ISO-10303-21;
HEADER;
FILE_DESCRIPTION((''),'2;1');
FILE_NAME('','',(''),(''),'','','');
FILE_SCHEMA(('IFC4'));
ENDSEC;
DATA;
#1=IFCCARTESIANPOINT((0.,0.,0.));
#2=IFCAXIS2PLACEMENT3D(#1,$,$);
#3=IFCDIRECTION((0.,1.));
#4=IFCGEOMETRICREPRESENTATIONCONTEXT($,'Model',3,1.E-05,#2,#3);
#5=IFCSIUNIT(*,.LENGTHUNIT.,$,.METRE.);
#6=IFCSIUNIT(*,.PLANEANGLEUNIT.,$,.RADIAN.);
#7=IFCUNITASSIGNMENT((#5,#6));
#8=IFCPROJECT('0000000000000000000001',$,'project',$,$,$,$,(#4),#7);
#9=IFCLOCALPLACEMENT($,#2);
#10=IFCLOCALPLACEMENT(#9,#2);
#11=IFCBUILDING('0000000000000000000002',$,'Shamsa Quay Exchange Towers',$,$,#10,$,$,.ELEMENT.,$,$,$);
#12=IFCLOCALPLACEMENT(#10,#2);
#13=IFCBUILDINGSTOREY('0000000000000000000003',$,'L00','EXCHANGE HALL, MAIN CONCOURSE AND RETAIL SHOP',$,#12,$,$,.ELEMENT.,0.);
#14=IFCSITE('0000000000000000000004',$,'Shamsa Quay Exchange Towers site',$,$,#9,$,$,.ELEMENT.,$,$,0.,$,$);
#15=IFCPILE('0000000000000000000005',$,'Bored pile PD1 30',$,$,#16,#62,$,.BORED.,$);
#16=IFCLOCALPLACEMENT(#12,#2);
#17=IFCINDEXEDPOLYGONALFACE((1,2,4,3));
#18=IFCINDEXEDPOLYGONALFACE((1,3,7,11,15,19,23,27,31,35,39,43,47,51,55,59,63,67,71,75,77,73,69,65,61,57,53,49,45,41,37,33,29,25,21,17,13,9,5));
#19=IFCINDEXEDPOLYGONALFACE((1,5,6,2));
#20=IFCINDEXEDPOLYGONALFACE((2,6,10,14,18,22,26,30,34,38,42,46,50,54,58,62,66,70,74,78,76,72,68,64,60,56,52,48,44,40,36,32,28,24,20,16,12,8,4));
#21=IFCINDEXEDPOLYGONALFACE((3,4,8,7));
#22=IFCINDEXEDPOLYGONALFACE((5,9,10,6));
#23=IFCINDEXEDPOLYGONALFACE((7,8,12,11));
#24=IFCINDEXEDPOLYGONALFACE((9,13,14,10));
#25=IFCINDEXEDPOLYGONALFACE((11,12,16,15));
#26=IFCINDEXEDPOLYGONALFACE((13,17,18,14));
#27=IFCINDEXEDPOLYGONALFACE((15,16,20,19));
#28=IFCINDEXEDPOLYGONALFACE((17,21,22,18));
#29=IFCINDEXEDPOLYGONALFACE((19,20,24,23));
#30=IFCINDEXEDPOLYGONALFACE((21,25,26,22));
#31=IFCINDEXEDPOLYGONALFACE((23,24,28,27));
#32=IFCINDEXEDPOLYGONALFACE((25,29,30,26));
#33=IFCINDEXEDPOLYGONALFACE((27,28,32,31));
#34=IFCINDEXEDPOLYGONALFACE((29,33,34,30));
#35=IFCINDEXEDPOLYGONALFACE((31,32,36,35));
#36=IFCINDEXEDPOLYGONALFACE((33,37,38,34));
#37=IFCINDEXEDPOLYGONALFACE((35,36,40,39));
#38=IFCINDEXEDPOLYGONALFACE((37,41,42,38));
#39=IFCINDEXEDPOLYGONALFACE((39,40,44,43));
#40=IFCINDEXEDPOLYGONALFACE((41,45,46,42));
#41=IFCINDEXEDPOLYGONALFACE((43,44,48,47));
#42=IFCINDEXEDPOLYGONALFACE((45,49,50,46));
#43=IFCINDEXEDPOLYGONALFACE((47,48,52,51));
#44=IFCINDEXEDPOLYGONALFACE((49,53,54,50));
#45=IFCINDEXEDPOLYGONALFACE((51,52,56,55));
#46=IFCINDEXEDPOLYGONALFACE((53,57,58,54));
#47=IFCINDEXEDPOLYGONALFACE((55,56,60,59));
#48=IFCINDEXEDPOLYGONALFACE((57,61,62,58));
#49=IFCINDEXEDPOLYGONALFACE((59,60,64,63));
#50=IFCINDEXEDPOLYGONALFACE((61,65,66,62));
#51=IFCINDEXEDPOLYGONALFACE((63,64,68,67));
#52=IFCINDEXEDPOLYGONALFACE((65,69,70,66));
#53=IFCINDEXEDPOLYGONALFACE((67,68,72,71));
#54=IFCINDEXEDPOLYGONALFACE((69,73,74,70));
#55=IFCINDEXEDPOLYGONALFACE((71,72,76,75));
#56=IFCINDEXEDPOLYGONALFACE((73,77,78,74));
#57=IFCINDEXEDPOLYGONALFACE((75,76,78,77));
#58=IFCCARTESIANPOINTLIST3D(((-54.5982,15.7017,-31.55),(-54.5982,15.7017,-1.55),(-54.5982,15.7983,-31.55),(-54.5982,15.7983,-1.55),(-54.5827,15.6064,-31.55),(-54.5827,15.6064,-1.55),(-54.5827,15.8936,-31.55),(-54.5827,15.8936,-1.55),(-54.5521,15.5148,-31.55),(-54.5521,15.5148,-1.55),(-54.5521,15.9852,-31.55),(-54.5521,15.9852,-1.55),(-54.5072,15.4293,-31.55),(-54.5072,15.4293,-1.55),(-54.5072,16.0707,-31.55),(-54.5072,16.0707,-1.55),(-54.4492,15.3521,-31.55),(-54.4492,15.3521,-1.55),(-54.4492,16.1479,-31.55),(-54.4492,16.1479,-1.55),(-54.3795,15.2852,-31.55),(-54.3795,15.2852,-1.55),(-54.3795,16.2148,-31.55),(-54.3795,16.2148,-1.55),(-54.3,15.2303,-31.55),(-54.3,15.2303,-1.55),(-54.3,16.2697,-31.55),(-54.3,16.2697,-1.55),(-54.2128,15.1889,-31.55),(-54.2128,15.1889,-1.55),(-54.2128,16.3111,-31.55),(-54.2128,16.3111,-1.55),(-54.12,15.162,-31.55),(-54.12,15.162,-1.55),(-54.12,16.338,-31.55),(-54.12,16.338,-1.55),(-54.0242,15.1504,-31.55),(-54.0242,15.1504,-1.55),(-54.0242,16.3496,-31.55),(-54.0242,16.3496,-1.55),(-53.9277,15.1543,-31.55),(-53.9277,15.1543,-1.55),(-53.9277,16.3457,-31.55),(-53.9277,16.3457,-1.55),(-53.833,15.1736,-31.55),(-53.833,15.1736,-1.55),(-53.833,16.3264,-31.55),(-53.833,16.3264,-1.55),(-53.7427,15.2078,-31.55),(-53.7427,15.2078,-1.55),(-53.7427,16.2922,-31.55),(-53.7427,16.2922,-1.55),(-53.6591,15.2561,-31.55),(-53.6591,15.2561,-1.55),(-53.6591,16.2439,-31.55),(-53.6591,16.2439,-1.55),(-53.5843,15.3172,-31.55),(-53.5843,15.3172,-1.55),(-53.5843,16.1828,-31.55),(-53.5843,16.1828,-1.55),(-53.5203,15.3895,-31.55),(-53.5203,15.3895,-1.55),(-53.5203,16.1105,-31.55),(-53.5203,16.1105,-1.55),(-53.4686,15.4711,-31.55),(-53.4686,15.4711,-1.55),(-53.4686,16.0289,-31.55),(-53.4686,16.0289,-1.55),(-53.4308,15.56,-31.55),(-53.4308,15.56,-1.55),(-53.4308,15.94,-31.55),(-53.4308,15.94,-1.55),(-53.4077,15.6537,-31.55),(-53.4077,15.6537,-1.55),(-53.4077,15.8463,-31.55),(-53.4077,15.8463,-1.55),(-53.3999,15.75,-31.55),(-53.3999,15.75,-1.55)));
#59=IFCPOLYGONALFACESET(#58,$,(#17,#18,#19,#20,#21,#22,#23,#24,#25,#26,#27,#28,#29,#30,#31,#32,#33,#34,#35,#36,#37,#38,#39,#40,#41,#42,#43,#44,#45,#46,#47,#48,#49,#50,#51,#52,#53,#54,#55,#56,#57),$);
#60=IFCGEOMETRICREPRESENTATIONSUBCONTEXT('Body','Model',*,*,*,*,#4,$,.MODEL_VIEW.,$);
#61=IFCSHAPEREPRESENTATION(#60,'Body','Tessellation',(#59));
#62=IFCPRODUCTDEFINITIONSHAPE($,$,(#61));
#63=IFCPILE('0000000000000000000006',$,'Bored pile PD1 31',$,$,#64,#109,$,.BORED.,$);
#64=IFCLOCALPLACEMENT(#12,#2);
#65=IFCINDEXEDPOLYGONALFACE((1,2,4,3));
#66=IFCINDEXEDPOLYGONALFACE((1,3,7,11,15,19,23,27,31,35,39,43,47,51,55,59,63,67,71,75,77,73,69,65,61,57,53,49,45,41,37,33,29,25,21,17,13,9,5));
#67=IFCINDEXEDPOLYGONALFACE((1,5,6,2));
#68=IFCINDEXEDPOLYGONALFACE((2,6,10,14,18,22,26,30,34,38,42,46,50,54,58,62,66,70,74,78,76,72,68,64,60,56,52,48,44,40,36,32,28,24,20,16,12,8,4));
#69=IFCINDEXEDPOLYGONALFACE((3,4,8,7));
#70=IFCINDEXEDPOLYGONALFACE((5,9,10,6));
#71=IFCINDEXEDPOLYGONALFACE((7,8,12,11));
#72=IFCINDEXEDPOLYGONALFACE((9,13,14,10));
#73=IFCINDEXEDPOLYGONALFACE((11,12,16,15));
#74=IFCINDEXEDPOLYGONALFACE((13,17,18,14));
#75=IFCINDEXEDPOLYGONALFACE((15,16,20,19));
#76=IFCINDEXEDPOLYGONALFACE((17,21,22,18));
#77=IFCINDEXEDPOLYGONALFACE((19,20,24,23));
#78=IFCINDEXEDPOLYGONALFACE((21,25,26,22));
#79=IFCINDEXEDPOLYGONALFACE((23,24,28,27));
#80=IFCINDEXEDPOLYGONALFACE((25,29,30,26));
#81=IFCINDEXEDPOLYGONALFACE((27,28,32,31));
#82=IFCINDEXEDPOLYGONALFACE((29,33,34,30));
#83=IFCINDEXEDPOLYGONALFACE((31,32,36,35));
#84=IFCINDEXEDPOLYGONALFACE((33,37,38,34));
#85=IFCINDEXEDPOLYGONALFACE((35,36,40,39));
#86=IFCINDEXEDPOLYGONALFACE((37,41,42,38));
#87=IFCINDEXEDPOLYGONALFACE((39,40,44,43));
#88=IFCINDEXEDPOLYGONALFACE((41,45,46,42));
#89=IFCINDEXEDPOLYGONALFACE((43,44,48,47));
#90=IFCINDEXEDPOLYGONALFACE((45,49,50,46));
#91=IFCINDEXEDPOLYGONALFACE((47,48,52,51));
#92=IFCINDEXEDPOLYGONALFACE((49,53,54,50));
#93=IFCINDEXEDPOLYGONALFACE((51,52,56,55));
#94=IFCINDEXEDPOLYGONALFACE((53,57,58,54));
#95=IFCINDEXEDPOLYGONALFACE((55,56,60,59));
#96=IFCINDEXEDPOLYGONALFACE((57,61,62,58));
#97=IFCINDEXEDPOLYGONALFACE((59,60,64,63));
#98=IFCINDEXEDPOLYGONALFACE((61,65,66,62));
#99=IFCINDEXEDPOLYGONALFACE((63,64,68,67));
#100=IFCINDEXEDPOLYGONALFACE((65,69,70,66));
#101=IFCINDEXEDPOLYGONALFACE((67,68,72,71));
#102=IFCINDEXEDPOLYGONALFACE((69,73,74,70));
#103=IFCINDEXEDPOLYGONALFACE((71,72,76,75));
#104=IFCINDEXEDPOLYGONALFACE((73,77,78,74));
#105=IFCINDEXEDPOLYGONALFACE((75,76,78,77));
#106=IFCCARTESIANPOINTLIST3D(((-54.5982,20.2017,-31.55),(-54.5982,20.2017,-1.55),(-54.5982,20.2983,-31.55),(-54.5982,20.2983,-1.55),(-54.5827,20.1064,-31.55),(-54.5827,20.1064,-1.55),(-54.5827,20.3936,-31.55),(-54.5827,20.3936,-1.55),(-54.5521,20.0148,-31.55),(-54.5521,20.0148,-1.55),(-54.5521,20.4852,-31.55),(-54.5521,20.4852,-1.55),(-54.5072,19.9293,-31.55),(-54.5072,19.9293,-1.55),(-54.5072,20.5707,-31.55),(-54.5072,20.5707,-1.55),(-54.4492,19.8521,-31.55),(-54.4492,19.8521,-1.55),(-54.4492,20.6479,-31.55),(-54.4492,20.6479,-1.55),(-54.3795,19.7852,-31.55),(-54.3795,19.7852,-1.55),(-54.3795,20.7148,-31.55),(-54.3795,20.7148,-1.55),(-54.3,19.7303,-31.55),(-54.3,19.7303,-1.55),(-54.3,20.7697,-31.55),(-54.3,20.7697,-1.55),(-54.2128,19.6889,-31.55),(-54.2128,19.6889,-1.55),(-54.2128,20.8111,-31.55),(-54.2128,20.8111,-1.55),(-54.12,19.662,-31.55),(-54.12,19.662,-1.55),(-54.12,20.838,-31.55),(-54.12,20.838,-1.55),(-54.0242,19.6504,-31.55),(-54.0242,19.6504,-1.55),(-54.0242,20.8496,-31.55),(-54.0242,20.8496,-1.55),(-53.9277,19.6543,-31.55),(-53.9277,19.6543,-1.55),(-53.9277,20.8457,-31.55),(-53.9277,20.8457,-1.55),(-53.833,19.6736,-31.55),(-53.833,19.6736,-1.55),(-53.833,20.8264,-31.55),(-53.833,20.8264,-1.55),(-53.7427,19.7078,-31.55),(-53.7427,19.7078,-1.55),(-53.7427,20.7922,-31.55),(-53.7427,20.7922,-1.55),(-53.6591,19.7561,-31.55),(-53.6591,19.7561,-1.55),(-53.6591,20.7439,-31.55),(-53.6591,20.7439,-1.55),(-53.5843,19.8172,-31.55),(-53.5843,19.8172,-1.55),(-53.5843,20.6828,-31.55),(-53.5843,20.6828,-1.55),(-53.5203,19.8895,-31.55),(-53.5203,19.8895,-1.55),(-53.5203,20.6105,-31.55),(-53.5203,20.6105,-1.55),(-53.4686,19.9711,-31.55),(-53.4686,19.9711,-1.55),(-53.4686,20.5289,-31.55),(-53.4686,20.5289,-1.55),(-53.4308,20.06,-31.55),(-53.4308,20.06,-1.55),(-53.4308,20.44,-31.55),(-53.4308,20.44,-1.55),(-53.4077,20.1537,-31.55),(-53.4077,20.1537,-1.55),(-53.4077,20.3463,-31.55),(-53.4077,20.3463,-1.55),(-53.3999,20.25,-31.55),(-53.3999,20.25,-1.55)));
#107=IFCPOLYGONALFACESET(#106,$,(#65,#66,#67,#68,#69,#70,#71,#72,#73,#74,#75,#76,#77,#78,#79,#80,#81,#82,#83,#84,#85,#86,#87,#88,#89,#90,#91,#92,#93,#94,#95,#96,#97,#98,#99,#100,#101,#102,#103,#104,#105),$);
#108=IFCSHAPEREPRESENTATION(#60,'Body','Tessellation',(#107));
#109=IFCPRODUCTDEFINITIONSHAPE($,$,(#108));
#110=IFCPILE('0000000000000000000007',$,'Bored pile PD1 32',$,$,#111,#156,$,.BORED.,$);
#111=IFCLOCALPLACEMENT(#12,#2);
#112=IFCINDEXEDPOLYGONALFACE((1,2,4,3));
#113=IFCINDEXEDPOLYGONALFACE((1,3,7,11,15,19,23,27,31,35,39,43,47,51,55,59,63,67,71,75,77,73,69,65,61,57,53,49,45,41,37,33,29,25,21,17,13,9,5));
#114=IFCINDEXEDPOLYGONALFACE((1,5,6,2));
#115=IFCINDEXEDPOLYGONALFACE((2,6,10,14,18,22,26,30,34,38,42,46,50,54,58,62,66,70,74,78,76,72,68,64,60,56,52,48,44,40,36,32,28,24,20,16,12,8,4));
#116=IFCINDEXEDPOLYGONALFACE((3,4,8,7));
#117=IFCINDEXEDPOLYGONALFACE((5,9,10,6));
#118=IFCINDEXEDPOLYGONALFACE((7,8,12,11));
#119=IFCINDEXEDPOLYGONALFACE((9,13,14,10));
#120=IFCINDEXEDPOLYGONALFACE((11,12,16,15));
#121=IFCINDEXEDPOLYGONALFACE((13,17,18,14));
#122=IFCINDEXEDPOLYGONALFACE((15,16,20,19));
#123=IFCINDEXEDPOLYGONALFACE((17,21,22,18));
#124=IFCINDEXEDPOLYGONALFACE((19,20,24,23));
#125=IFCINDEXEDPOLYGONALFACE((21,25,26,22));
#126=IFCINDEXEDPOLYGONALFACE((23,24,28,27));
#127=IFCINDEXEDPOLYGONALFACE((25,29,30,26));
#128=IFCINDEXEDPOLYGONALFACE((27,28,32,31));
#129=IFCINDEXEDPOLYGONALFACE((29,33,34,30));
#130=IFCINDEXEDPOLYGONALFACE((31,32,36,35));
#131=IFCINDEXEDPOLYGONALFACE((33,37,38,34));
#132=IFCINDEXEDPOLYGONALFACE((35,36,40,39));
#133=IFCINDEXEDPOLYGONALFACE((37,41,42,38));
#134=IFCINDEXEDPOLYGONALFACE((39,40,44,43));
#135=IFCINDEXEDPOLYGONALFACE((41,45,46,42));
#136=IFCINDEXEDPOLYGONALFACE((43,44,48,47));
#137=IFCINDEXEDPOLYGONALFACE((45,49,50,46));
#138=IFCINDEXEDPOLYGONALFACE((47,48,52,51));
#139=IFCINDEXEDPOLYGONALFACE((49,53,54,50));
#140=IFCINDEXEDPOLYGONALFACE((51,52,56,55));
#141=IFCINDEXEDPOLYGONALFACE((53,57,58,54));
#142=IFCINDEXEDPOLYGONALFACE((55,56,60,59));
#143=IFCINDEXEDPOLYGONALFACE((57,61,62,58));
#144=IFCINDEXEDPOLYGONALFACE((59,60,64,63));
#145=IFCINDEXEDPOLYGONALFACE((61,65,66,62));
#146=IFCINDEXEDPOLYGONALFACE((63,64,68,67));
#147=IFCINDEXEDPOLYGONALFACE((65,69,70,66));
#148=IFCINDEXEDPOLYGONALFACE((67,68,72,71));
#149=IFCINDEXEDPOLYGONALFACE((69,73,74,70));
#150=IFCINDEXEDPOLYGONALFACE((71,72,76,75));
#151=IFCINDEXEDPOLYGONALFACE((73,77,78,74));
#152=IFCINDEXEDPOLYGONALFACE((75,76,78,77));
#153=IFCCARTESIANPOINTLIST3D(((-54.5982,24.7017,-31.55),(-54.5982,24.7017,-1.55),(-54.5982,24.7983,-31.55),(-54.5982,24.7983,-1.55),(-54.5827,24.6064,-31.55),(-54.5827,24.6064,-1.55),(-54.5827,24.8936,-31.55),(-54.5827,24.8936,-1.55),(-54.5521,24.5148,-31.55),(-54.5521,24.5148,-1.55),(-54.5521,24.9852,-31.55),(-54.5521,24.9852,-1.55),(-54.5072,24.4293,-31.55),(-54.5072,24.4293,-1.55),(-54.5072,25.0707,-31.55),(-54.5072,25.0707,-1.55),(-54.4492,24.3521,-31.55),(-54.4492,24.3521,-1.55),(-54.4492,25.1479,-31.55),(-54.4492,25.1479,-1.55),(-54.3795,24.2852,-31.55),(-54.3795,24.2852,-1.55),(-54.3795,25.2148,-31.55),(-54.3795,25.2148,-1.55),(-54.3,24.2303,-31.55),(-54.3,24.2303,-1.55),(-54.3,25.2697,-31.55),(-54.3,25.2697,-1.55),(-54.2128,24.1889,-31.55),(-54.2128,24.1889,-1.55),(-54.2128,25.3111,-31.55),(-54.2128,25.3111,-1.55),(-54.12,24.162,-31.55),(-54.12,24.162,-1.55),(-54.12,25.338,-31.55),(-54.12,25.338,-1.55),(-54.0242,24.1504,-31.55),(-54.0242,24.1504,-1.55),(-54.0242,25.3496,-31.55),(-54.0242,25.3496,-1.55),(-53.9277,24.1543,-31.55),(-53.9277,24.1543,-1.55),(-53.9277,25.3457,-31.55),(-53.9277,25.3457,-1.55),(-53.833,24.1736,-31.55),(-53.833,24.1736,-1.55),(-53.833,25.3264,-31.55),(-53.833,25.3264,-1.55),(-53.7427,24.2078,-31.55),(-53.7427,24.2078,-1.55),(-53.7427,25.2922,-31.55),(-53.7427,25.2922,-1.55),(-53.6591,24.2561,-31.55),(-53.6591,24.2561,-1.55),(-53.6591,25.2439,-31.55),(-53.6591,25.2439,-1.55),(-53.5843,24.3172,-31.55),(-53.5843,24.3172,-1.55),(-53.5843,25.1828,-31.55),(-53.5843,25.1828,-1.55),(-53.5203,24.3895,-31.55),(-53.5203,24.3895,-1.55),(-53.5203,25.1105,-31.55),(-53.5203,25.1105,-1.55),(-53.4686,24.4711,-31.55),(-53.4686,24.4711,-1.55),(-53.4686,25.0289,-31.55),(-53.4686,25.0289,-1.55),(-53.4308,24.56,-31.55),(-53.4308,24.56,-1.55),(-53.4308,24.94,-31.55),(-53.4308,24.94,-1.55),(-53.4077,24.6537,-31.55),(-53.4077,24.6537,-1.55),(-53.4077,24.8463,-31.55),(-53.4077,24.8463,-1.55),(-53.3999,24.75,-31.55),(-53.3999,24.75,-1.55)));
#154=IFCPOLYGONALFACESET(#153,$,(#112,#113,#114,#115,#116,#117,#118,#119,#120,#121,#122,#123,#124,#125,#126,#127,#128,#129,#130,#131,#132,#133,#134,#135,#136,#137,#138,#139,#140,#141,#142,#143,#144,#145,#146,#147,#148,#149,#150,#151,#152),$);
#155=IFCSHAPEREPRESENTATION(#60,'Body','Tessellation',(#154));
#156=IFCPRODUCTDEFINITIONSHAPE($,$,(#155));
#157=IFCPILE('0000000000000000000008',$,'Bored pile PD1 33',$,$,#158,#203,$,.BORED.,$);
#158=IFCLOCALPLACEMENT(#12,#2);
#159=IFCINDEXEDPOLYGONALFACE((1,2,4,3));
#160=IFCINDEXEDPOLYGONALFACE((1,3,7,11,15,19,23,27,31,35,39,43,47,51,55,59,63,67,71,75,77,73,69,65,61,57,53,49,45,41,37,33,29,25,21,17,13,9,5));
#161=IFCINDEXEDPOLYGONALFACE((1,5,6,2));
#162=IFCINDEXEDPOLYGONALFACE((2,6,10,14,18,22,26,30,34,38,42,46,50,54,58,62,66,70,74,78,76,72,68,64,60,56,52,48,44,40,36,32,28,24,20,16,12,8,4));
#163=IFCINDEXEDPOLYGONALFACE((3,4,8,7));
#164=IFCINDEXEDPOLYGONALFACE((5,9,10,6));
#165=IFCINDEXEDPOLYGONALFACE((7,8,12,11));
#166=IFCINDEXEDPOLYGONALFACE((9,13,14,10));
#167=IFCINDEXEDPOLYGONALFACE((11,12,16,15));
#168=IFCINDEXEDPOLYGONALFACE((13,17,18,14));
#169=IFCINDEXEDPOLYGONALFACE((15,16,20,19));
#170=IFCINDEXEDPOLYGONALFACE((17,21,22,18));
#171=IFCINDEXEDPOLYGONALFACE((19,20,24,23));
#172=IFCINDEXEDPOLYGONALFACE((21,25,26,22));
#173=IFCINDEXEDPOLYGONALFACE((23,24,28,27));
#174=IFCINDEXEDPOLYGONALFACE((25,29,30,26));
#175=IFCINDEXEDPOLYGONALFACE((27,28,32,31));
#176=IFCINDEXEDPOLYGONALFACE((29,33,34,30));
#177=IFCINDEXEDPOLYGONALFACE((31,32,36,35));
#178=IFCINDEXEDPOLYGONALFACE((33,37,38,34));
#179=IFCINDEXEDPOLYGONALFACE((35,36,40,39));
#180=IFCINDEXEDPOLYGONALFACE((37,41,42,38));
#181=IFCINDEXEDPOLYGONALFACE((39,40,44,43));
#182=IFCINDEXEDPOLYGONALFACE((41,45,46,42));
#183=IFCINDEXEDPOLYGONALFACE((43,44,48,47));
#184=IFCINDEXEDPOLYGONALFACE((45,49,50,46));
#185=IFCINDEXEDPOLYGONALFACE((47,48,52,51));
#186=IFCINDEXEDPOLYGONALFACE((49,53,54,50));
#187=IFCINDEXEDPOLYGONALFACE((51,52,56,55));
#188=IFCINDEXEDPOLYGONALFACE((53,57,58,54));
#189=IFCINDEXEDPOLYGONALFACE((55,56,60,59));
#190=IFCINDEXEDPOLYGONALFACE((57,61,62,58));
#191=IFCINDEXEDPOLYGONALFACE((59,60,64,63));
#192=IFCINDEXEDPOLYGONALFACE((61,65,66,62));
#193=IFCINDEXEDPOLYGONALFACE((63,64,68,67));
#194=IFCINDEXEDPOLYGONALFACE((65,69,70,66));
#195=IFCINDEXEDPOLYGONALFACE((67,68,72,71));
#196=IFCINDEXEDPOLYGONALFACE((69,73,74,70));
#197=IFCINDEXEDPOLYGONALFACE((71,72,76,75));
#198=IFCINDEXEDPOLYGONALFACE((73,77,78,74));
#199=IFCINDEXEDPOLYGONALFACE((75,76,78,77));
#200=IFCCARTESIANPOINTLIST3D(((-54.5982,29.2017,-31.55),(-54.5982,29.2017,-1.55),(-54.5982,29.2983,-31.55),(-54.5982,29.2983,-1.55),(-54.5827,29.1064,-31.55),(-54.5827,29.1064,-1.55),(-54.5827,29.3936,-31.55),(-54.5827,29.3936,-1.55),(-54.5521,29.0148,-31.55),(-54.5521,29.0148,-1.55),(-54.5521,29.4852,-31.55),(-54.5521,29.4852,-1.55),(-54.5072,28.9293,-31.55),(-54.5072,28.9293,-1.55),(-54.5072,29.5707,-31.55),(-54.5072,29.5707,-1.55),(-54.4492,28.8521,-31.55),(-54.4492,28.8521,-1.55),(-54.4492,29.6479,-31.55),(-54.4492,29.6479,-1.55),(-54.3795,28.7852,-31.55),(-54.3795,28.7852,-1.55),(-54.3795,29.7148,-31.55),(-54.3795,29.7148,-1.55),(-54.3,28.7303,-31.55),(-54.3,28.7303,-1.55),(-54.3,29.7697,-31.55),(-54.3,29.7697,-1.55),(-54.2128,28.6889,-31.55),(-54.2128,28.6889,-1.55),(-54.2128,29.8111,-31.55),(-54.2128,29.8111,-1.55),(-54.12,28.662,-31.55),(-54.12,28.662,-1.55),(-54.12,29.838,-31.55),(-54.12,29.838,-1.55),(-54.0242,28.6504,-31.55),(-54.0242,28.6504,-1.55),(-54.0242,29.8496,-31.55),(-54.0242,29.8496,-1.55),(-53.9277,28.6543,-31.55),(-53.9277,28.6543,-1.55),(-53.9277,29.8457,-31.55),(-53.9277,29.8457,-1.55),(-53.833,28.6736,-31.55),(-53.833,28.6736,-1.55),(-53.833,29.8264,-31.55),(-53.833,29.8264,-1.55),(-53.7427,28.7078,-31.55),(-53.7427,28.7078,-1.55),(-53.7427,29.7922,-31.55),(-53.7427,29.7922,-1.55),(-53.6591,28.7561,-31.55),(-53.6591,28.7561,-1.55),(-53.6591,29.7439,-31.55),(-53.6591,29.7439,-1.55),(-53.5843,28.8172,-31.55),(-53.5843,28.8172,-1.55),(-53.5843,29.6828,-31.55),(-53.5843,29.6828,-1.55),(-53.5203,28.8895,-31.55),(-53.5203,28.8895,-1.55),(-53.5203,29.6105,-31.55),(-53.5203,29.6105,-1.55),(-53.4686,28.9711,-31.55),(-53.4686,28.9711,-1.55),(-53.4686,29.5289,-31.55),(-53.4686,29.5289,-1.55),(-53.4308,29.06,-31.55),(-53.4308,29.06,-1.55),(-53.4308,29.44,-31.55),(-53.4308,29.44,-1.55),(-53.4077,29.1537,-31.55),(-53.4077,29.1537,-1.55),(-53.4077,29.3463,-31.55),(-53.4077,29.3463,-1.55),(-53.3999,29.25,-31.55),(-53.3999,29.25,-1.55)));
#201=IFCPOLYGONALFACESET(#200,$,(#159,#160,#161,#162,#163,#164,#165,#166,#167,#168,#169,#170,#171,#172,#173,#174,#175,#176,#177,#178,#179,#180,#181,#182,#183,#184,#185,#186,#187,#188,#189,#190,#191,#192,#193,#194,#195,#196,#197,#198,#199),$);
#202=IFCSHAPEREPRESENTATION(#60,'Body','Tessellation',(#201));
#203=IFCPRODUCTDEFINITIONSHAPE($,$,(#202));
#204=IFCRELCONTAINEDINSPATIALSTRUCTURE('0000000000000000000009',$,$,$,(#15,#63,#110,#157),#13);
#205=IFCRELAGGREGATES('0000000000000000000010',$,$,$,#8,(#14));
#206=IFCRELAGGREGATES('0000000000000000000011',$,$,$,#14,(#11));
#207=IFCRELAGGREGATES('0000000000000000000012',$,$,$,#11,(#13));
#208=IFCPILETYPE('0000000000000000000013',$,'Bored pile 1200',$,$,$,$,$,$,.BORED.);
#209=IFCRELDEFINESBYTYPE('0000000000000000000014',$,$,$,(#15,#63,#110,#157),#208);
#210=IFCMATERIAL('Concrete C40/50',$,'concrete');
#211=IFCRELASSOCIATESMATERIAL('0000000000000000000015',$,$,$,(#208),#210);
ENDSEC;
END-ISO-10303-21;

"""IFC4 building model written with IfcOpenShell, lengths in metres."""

from ifc_helpers import new_model, si_unit, direction, frame, origin, origin_2d, place, context, subcontext, project, spatial, circle, extrude, material, material_profile, profile_set, type_object, element, save


model = new_model("IFC4")

# Units and contexts
model_context = context("Model", 3, precision=1e-05, world=origin(), true_north=direction((0.0, 1.0)))
body_context = subcontext(model_context, "Body", "Model", "MODEL_VIEW")
ifc_project = project(units=[si_unit("LENGTHUNIT", "METRE"), si_unit("PLANEANGLEUNIT", "RADIAN")], contexts=[model_context])

# Site, building, storey
site_placement = place(None, origin())
site = spatial("IfcSite", under=ifc_project, at=site_placement, Name="Shamsa Quay Exchange Towers site", CompositionType="ELEMENT", RefElevation=0.0)
building_placement = place(site_placement, origin())
building = spatial("IfcBuilding", under=site, at=building_placement, Name="Shamsa Quay Exchange Towers", CompositionType="ELEMENT")
storey_placement = place(building_placement, origin())
storey = spatial("IfcBuildingStorey", under=building, at=storey_placement, Name="L00", Description="EXCHANGE HALL, MAIN CONCOURSE AND RETAIL SHOP", CompositionType="ELEMENT", Elevation=0.0)

# Piles
ifc_material_1 = material(Name="Concrete C40/50", Category="concrete")
ifc_material_profile_1 = material_profile(ifc_material_1, circle(Radius=0.6001, at=origin_2d()), Name="BP1200")
ifc_profile_set_1 = profile_set([ifc_material_profile_1], Name="Concrete C40/50")
pile_type = type_object("IfcPileType", Name="Bored pile 1200", PredefinedType="BORED", material=ifc_profile_set_1)
for number, where, z_axis, x_axis, name in (
    (1, (-54.0, 15.75, -1.55), (0.0, 0.0, -1.0), (1.0, 0.0, 0.0), "Bored pile PD1 30"),
    (2, (-54.0, 20.25, -1.55), (0.0, 0.0, -1.0), (1.0, 0.0, 0.0), "Bored pile PD1 31"),
    (3, (-54.0, 24.75, -1.55), (0.0, 0.0, -1.0), (1.0, 0.0, 0.0), "Bored pile PD1 32"),
    (4, (-54.0, 29.25, -1.55), (0.0, 0.0, -1.0), (1.0, 0.0, 0.0), "Bored pile PD1 33"),
):
    element("IfcPile", number, at=place(storey_placement, frame(where, z_axis=z_axis, x_axis=x_axis)), inside=storey, type_object=pile_type, Name=name, PredefinedType="BORED", context=body_context, shape_type="SweptSolid", body=[
        extrude(circle(Radius=0.6001, at=origin_2d()), origin(), (0.0, 0.0, 1.0), 30.0),
    ])

save(model, "model.ifc")
